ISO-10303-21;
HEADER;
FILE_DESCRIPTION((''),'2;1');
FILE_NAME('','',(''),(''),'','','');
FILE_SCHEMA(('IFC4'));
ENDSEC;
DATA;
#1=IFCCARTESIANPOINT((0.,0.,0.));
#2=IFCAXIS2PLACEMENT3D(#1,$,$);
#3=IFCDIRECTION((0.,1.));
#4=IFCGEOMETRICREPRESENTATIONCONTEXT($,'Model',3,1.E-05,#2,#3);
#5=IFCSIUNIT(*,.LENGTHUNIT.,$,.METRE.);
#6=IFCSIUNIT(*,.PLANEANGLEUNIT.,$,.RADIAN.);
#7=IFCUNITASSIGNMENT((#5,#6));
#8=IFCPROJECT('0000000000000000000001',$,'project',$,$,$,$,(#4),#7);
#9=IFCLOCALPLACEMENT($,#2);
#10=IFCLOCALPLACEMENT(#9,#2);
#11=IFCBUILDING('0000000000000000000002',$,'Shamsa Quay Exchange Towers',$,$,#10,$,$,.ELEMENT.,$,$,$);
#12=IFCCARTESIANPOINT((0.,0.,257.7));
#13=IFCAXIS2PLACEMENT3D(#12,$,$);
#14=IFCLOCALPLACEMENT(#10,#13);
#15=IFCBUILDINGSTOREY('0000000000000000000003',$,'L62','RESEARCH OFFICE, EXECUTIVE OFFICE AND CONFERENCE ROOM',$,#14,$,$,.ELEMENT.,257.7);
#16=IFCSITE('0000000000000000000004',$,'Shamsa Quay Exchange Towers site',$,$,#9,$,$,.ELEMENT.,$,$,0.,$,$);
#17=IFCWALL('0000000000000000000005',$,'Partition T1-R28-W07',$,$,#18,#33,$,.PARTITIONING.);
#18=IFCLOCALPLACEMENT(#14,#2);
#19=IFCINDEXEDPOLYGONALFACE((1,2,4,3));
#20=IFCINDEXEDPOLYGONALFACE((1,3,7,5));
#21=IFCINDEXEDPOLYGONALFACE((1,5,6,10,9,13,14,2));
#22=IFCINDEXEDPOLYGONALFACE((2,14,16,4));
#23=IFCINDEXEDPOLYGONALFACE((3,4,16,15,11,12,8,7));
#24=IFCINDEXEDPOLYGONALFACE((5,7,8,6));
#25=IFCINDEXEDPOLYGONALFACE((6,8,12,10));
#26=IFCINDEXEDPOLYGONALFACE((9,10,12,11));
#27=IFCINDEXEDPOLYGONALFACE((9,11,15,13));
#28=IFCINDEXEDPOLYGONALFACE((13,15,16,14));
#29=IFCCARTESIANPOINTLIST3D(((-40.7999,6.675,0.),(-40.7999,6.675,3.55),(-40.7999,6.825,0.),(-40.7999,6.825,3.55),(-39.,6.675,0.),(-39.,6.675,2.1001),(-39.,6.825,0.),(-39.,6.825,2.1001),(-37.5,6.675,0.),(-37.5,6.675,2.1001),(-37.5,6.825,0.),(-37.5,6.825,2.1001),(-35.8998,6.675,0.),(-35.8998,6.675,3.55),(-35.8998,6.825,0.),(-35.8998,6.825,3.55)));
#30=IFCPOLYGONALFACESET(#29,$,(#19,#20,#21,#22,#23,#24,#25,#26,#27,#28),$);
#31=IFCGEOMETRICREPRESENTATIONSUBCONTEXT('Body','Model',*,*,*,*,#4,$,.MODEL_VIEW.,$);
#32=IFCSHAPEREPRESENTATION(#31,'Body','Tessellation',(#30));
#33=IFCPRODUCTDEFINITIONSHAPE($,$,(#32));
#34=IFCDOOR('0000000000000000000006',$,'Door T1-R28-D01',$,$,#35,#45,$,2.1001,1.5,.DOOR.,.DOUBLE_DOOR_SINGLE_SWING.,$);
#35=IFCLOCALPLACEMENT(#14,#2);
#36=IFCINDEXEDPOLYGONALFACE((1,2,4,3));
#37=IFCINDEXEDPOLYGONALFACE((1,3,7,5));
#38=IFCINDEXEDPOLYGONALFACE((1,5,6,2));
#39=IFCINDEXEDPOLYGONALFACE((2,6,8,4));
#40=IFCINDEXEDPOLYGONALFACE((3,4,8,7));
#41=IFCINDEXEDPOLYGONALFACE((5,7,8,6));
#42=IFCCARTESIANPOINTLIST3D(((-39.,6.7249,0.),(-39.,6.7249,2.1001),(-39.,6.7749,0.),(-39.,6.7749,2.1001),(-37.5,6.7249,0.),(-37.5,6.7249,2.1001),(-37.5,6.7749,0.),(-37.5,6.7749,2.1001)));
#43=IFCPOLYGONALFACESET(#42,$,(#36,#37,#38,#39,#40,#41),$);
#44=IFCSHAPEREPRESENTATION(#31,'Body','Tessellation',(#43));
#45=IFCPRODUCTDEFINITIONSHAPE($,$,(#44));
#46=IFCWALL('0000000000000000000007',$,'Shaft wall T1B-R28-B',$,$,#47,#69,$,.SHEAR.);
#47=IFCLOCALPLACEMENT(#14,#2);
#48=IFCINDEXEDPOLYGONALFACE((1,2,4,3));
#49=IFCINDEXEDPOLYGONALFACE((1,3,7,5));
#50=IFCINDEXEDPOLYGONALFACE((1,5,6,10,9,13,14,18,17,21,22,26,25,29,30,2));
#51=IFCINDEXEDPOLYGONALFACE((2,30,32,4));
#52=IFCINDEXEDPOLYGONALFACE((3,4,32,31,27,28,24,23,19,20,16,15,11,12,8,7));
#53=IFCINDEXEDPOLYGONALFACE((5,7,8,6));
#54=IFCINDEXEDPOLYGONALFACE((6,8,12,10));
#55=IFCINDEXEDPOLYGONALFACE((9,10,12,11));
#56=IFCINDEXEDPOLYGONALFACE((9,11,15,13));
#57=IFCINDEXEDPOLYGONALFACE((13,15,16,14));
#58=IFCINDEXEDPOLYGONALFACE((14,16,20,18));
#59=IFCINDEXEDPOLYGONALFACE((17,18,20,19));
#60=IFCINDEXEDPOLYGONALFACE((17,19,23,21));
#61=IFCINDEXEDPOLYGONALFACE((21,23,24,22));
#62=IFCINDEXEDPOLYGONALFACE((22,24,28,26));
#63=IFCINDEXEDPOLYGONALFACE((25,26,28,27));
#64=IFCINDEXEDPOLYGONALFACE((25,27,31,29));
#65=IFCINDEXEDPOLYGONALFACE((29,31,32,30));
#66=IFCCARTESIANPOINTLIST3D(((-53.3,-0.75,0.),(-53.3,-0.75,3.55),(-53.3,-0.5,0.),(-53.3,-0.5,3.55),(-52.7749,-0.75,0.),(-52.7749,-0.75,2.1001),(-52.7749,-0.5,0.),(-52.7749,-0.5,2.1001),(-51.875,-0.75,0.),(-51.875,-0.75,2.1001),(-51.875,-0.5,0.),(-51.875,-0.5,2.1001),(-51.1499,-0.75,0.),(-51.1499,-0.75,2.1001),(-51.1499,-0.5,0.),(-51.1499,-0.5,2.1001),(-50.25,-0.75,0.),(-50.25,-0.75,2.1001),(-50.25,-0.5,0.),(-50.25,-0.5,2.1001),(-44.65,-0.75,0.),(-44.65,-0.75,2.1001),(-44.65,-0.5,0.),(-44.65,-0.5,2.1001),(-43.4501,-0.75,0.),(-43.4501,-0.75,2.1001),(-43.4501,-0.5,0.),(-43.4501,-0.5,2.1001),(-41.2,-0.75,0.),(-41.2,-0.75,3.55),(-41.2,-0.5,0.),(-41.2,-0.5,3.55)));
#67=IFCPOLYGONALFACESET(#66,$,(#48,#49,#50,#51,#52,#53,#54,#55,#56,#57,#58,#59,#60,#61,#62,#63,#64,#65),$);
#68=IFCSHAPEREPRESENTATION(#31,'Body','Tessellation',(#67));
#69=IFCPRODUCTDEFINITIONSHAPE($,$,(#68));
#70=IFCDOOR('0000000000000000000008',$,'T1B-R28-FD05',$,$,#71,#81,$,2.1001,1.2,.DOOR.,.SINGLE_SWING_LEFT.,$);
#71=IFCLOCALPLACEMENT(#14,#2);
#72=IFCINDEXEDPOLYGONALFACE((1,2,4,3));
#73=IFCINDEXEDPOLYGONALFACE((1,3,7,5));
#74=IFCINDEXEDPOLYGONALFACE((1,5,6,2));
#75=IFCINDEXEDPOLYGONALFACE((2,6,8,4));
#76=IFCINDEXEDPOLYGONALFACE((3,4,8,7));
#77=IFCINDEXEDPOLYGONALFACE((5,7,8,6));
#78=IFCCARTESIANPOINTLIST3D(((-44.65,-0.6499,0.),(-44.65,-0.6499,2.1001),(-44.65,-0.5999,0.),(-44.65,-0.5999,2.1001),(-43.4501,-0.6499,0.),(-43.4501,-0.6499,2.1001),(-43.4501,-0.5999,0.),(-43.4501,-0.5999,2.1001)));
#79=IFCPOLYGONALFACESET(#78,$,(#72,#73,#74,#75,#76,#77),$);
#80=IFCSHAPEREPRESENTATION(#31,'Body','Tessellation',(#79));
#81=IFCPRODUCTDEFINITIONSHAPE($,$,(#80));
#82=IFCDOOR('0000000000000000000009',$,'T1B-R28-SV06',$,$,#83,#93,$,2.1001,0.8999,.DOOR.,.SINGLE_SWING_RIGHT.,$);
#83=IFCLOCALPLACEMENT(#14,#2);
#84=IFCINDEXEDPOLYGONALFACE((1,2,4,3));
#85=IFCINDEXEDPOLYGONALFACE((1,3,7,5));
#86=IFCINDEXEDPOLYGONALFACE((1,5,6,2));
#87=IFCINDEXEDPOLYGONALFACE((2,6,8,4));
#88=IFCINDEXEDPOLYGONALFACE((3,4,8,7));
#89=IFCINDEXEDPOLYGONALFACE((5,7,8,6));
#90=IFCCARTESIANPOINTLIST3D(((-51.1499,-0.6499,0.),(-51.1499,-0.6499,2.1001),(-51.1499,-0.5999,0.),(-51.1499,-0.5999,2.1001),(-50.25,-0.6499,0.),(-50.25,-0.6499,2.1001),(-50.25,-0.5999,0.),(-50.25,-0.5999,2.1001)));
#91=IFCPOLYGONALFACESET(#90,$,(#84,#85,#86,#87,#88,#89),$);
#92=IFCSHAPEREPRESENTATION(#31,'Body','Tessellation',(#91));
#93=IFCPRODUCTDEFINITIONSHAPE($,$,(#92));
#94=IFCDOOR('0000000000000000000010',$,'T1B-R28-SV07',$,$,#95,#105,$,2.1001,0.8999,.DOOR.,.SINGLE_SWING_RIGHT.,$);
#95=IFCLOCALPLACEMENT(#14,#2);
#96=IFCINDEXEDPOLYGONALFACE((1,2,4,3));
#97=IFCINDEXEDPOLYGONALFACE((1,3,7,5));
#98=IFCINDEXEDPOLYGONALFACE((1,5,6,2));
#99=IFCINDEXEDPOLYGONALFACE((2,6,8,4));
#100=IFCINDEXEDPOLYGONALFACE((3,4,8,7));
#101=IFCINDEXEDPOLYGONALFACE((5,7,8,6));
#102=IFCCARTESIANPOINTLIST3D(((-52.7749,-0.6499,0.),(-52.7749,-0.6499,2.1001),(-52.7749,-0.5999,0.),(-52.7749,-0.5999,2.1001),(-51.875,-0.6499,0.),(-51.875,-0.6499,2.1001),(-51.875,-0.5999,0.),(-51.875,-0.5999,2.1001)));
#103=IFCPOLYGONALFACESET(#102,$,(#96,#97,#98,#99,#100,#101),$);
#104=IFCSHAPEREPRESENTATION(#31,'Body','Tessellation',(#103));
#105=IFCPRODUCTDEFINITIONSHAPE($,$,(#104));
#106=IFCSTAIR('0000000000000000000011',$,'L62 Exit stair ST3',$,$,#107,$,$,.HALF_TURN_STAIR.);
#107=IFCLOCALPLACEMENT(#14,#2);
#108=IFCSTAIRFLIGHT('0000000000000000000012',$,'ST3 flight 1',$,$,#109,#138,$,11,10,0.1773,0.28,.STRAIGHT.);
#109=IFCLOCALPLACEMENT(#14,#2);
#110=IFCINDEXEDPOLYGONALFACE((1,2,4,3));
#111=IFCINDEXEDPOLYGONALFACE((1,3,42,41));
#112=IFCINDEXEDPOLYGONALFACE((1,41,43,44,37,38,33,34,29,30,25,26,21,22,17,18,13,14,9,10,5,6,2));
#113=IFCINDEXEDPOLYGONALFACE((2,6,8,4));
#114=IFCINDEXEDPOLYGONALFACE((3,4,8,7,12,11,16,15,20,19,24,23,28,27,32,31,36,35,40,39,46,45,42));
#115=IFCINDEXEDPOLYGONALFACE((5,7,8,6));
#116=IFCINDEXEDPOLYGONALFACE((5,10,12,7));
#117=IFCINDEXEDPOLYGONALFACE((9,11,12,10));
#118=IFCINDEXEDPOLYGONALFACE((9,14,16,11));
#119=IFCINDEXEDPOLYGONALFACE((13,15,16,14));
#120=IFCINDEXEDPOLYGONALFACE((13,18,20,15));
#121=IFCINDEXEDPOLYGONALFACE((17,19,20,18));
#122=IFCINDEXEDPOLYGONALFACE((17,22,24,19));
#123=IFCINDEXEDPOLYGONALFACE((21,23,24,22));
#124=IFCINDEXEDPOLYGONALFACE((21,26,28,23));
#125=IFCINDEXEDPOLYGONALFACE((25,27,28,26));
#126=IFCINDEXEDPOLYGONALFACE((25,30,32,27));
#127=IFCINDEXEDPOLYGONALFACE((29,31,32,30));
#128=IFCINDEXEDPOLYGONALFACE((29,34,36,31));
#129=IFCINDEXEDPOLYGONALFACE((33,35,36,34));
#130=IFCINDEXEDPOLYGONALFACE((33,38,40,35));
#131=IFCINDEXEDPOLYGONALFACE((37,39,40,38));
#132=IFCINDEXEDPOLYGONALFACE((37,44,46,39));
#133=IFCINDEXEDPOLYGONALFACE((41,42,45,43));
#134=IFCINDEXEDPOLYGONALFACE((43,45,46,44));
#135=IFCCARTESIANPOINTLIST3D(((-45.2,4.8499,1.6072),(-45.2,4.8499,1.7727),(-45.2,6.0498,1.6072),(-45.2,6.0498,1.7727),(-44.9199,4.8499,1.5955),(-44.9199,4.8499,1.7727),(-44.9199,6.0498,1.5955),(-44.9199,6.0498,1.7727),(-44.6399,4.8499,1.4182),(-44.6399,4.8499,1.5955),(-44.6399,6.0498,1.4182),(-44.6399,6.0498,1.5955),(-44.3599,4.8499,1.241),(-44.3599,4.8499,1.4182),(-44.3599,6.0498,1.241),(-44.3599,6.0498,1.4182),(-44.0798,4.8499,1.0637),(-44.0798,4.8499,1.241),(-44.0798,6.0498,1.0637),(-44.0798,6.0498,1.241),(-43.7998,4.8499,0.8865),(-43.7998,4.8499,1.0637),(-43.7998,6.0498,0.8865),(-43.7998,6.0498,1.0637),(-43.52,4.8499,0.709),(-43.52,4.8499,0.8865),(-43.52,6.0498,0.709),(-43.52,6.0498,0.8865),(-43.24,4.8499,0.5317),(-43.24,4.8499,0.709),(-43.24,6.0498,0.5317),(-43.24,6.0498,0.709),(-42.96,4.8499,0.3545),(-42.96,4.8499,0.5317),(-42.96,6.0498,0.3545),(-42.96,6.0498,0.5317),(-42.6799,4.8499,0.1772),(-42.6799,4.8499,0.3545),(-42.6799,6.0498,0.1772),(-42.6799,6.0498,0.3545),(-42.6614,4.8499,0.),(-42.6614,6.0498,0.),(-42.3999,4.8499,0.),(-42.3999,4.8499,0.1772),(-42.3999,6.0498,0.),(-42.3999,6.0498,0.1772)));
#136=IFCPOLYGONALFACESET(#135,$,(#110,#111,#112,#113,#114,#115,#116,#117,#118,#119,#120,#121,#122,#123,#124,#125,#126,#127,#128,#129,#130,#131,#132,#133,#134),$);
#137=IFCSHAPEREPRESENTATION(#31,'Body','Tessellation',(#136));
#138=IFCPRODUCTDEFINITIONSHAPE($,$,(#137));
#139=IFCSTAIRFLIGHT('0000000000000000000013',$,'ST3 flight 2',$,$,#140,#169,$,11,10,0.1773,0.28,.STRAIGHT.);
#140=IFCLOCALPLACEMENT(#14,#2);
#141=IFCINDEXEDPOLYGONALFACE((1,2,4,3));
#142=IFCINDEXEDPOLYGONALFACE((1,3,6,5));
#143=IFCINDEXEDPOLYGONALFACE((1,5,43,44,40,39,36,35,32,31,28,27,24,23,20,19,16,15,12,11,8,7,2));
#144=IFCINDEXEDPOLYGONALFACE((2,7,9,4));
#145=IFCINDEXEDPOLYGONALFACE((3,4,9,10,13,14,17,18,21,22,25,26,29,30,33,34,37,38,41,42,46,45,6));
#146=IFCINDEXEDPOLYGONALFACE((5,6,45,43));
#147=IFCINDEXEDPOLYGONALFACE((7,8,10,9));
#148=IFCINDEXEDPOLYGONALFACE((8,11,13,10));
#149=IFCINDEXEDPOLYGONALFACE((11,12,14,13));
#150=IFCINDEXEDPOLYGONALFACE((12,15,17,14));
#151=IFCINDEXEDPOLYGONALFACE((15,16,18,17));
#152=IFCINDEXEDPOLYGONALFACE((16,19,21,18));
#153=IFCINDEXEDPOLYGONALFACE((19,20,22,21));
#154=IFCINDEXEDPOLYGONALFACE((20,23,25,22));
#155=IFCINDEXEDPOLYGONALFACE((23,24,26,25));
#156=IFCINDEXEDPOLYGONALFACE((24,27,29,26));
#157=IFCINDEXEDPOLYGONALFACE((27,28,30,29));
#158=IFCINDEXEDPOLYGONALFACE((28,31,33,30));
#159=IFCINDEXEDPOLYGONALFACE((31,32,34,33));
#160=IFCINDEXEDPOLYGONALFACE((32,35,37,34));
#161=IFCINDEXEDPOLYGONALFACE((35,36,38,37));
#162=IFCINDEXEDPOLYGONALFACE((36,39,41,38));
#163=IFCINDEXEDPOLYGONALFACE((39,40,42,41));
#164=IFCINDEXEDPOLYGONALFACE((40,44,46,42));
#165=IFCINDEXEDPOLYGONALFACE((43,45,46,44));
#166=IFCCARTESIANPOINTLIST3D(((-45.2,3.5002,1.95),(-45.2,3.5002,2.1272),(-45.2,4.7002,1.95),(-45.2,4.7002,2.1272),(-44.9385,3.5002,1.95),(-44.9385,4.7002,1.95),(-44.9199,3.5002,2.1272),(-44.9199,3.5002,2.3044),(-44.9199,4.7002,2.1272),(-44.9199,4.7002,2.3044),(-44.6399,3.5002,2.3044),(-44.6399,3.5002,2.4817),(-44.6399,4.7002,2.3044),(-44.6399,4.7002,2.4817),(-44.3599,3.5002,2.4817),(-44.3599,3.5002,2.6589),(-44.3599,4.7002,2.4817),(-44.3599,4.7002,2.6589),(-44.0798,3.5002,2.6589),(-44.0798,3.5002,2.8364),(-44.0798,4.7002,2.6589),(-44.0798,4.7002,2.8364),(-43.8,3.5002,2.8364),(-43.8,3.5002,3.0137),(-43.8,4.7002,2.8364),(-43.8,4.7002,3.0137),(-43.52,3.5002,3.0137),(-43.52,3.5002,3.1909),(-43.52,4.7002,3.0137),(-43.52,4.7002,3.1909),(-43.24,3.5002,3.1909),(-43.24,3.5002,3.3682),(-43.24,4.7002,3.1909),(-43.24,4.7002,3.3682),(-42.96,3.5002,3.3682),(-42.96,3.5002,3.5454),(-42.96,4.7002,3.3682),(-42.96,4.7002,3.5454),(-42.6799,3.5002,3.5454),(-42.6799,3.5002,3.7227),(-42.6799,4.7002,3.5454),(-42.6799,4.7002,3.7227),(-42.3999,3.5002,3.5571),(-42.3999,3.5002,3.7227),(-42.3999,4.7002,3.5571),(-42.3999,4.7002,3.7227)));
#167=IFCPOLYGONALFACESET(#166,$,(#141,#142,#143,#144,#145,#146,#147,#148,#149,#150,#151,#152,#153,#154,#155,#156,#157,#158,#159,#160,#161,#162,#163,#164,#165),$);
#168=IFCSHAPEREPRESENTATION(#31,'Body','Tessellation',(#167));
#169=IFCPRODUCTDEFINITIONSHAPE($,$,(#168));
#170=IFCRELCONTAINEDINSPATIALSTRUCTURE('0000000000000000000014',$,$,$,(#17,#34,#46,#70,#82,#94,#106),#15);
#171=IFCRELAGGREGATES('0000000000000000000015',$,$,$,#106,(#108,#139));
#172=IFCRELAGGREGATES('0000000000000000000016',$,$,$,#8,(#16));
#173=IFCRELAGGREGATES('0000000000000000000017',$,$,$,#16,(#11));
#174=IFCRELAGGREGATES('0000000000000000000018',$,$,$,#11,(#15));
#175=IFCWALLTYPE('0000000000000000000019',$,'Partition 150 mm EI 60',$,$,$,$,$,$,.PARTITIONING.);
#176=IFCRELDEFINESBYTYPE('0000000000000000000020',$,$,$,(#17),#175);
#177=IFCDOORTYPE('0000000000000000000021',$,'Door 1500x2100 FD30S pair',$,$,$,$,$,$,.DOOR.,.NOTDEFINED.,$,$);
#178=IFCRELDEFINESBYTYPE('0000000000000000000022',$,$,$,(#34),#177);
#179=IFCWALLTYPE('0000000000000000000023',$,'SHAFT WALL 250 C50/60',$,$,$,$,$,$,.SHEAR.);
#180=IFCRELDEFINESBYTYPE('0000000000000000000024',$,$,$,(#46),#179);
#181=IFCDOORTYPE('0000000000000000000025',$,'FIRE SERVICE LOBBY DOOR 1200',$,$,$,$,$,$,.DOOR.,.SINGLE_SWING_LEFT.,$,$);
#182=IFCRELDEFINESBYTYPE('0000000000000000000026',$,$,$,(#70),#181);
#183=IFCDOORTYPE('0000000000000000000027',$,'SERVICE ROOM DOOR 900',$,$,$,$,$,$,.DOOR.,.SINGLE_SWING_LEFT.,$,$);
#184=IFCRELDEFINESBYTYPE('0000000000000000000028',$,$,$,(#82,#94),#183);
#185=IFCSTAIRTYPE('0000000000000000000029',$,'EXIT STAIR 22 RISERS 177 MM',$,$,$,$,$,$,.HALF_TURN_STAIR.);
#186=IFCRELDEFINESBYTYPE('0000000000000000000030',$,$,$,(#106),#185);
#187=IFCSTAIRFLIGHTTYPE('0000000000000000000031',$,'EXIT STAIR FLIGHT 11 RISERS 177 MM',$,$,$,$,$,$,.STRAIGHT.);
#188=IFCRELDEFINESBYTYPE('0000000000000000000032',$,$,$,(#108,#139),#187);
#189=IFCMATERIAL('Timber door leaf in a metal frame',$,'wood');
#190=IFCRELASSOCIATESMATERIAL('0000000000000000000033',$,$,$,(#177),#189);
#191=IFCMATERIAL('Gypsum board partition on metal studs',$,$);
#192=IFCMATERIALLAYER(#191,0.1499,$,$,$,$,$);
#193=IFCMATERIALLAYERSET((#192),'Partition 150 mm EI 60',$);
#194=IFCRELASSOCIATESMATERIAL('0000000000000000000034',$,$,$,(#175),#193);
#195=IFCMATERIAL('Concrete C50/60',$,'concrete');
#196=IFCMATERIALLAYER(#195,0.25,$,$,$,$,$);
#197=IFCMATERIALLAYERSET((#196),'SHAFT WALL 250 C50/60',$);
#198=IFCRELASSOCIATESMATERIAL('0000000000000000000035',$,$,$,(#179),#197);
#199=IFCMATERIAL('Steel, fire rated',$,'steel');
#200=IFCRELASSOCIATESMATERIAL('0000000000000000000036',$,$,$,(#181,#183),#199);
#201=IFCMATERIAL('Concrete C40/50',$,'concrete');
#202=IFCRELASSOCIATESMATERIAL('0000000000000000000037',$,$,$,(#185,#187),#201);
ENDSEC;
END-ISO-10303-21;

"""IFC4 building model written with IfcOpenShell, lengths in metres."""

from ifc_helpers import new_model, si_unit, direction, frame, frame_2d, origin, place, context, subcontext, project, spatial, polyline, rectangle, outline, extrude, material, layer, layer_set, type_object, element, fill, aggregate, save


model = new_model("IFC4")

# Units and contexts
model_context = context("Model", 3, precision=1e-05, world=origin(), true_north=direction((0.0, 1.0)))
body_context = subcontext(model_context, "Body", "Model", "MODEL_VIEW")
ifc_project = project(units=[si_unit("LENGTHUNIT", "METRE"), si_unit("PLANEANGLEUNIT", "RADIAN")], contexts=[model_context])

# Site, building, storey
site_placement = place(None, origin())
site = spatial("IfcSite", under=ifc_project, at=site_placement, Name="Shamsa Quay Exchange Towers site", CompositionType="ELEMENT", RefElevation=0.0)
building_placement = place(site_placement, origin())
building = spatial("IfcBuilding", under=site, at=building_placement, Name="Shamsa Quay Exchange Towers", CompositionType="ELEMENT")
storey_placement = place(building_placement, frame((0.0, 0.0, 257.7)))
storey = spatial("IfcBuildingStorey", under=building, at=storey_placement, Name="L62", Description="RESEARCH OFFICE, EXECUTIVE OFFICE AND CONFERENCE ROOM", CompositionType="ELEMENT", Elevation=257.7)

# Wall, opening, door
ifc_material_1 = material(Name="Timber door leaf in a metal frame", Category="wood")
door_type_1 = type_object("IfcDoorType", Name="Door 1500x2100 FD30S pair", OperationType="NOTDEFINED", PredefinedType="DOOR", material=ifc_material_1)
ifc_material_2 = material(Name="Gypsum board partition on metal studs")
ifc_layer_1 = layer(ifc_material_2, 0.1499)
ifc_layer_set_1 = layer_set([ifc_layer_1], Name="Partition 150 mm EI 60")
wall_type_1 = type_object("IfcWallType", Name="Partition 150 mm EI 60", PredefinedType="PARTITIONING", material=ifc_layer_set_1)
wall_1_placement = place(storey_placement, frame((-40.8, 6.75, 0.0)))
wall_1 = element("IfcWall", 1, at=wall_1_placement, inside=storey, type_object=wall_type_1, Name="Partition T1-R28-W07", PredefinedType="PARTITIONING", context=body_context, shape_type="SweptSolid", body=[
    extrude(rectangle(XDim=4.9001, YDim=0.1499, at=frame_2d((2.4502, 0.0))), origin(), (0.0, 0.0, 1.0), 3.55),
])
opening_1_placement = place(wall_1_placement, frame((1.8, 0.0, 0.0)))
opening_1 = element("IfcOpeningElement", 2, at=opening_1_placement, cuts=wall_1, PredefinedType="OPENING", context=body_context, shape_type="SweptSolid", body=[
    extrude(rectangle(XDim=1.5, YDim=2.1001, at=frame_2d((0.75, 1.05))), frame((0.0, 0.085, 0.0), z_axis=(0.0, -1.0, 0.0), x_axis=(1.0, 0.0, 0.0)), (0.0, 0.0, 1.0), 0.1699),
])
door_1_placement = place(opening_1_placement, origin())
door_1 = element("IfcDoor", 3, at=door_1_placement, inside=storey, type_object=door_type_1, Name="Door T1-R28-D01", OperationType="DOUBLE_DOOR_SINGLE_SWING", OverallHeight=2.1001, OverallWidth=1.5, PredefinedType="DOOR", context=body_context, shape_type="SweptSolid", body=[
    extrude(rectangle(XDim=1.5, YDim=2.1001, at=frame_2d((0.75, 1.05))), frame((0.0, 0.0249, 0.0), z_axis=(0.0, -1.0, 0.0), x_axis=(1.0, 0.0, 0.0)), (0.0, 0.0, 1.0), 0.05),
])
fill(opening_1, door_1)

# Wall, openings, doors
ifc_material_3 = material(Name="Concrete C50/60", Category="concrete")
ifc_layer_2 = layer(ifc_material_3, 0.25)
ifc_layer_set_2 = layer_set([ifc_layer_2], Name="SHAFT WALL 250 C50/60")
wall_type_2 = type_object("IfcWallType", Name="SHAFT WALL 250 C50/60", PredefinedType="SHEAR", material=ifc_layer_set_2)
wall_2_placement = place(storey_placement, frame((-41.2, -0.625, 0.0), z_axis=(0.0, 0.0, 1.0), x_axis=(-1.0, 0.0, 0.0)))
wall_2 = element("IfcWall", 4, at=wall_2_placement, inside=storey, type_object=wall_type_2, Name="Shaft wall T1B-R28-B", PredefinedType="SHEAR", context=body_context, shape_type="SweptSolid", body=[
    extrude(rectangle(XDim=12.1001, YDim=0.25, at=frame_2d((6.05, 0.0))), origin(), (0.0, 0.0, 1.0), 3.55),
])
opening_2_placement = place(wall_2_placement, frame((2.25, 0.0, 0.0)))
opening_2 = element("IfcOpeningElement", 5, at=opening_2_placement, cuts=wall_2, PredefinedType="OPENING", context=body_context, shape_type="SweptSolid", body=[
    extrude(rectangle(XDim=1.2, YDim=2.1001, at=frame_2d((0.6001, 1.05))), frame((0.0, 0.135, 0.0), z_axis=(0.0, -1.0, 0.0), x_axis=(1.0, 0.0, 0.0)), (0.0, 0.0, 1.0), 0.27),
])
opening_3_placement = place(wall_2_placement, frame((9.05, 0.0, 0.0)))
opening_3 = element("IfcOpeningElement", 6, at=opening_3_placement, cuts=wall_2, PredefinedType="OPENING", context=body_context, shape_type="SweptSolid", body=[
    extrude(rectangle(XDim=0.8999, YDim=2.1001, at=frame_2d((0.45, 1.05))), frame((0.0, 0.135, 0.0), z_axis=(0.0, -1.0, 0.0), x_axis=(1.0, 0.0, 0.0)), (0.0, 0.0, 1.0), 0.27),
])
opening_4_placement = place(wall_2_placement, frame((10.675, 0.0, 0.0)))
opening_4 = element("IfcOpeningElement", 7, at=opening_4_placement, cuts=wall_2, PredefinedType="OPENING", context=body_context, shape_type="SweptSolid", body=[
    extrude(rectangle(XDim=0.8999, YDim=2.1001, at=frame_2d((0.45, 1.05))), frame((0.0, 0.135, 0.0), z_axis=(0.0, -1.0, 0.0), x_axis=(1.0, 0.0, 0.0)), (0.0, 0.0, 1.0), 0.27),
])
ifc_material_4 = material(Name="Steel, fire rated", Category="steel")
door_type_2 = type_object("IfcDoorType", Name="FIRE SERVICE LOBBY DOOR 1200", OperationType="SINGLE_SWING_LEFT", PredefinedType="DOOR", material=ifc_material_4)
door_2_placement = place(opening_2_placement, origin())
door_2 = element("IfcDoor", 8, at=door_2_placement, inside=storey, type_object=door_type_2, Name="T1B-R28-FD05", OperationType="SINGLE_SWING_LEFT", OverallHeight=2.1001, OverallWidth=1.2, PredefinedType="DOOR", context=body_context, shape_type="SweptSolid", body=[
    extrude(rectangle(XDim=1.2, YDim=2.1001, at=frame_2d((0.6001, 1.05))), frame((0.0, 0.0249, 0.0), z_axis=(0.0, -1.0, 0.0), x_axis=(1.0, 0.0, 0.0)), (0.0, 0.0, 1.0), 0.05),
])
fill(opening_2, door_2)
door_type_3 = type_object("IfcDoorType", Name="SERVICE ROOM DOOR 900", OperationType="SINGLE_SWING_LEFT", PredefinedType="DOOR", material=ifc_material_4)
door_3_placement = place(opening_3_placement, origin())
door_3 = element("IfcDoor", 9, at=door_3_placement, inside=storey, type_object=door_type_3, Name="T1B-R28-SV06", OperationType="SINGLE_SWING_RIGHT", OverallHeight=2.1001, OverallWidth=0.8999, PredefinedType="DOOR", context=body_context, shape_type="SweptSolid", body=[
    extrude(rectangle(XDim=0.8999, YDim=2.1001, at=frame_2d((0.45, 1.05))), frame((0.0, 0.0249, 0.0), z_axis=(0.0, -1.0, 0.0), x_axis=(1.0, 0.0, 0.0)), (0.0, 0.0, 1.0), 0.05),
])
fill(opening_3, door_3)
door_4_placement = place(opening_4_placement, origin())
door_4 = element("IfcDoor", 10, at=door_4_placement, inside=storey, type_object=door_type_3, Name="T1B-R28-SV07", OperationType="SINGLE_SWING_RIGHT", OverallHeight=2.1001, OverallWidth=0.8999, PredefinedType="DOOR", context=body_context, shape_type="SweptSolid", body=[
    extrude(rectangle(XDim=0.8999, YDim=2.1001, at=frame_2d((0.45, 1.05))), frame((0.0, 0.0249, 0.0), z_axis=(0.0, -1.0, 0.0), x_axis=(1.0, 0.0, 0.0)), (0.0, 0.0, 1.0), 0.05),
])
fill(opening_4, door_4)

# Stair, stair flights
ifc_material_5 = material(Name="Concrete C40/50", Category="concrete")
stair_type = type_object("IfcStairType", Name="EXIT STAIR 22 RISERS 177 MM", PredefinedType="HALF_TURN_STAIR", material=ifc_material_5)
stair_placement = place(storey_placement, origin())
stair = element("IfcStair", 11, at=stair_placement, inside=storey, type_object=stair_type, Name="L62 Exit stair ST3", PredefinedType="HALF_TURN_STAIR")
stair_flight_type = type_object("IfcStairFlightType", Name="EXIT STAIR FLIGHT 11 RISERS 177 MM", PredefinedType="STRAIGHT", material=ifc_material_5)
stair_flight_1_placement = place(storey_placement, frame((-42.3999, 5.45, 0.0), z_axis=(0.0, 0.0, 1.0), x_axis=(-1.0, 0.0, 0.0)))
stair_flight_1 = element("IfcStairFlight", 12, at=stair_flight_1_placement, type_object=stair_flight_type, Name="ST3 flight 1", NumberOfRisers=11, NumberOfTreads=10, PredefinedType="STRAIGHT", RiserHeight=0.1773, TreadLength=0.28, context=body_context, shape_type="SweptSolid", body=[
    extrude(outline(polyline([(0.0, 0.0), (0.0, 0.1772), (0.28, 0.1772), (0.28, 0.3545), (0.5601, 0.3545), (0.5601, 0.5317), (0.8401, 0.5317), (0.8401, 0.709), (1.1201, 0.709), (1.1201, 0.8865), (1.3999, 0.8865), (1.3999, 1.0637), (1.6799, 1.0637), (1.6799, 1.241), (1.96, 1.241), (1.96, 1.4182), (2.24, 1.4182), (2.24, 1.5955), (2.52, 1.5955), (2.52, 1.7727), (2.8, 1.7727), (2.8, 1.95), (2.8, 1.6072), (0.2615, 0.0), (0.0, 0.0)])), frame((0.0, 0.6001, 0.0), z_axis=(0.0, -1.0, 0.0), x_axis=(1.0, 0.0, 0.0)), (0.0, 0.0, 1.0), 1.2),
])
stair_flight_2_placement = place(storey_placement, frame((-45.2, 4.1001, 1.95)))
stair_flight_2 = element("IfcStairFlight", 13, at=stair_flight_2_placement, type_object=stair_flight_type, Name="ST3 flight 2", NumberOfRisers=11, NumberOfTreads=10, PredefinedType="STRAIGHT", RiserHeight=0.1773, TreadLength=0.28, context=body_context, shape_type="SweptSolid", body=[
    extrude(outline(polyline([(0.0, 0.0), (0.0, 0.1772), (0.28, 0.1772), (0.28, 0.3545), (0.5601, 0.3545), (0.5601, 0.5317), (0.8401, 0.5317), (0.8401, 0.709), (1.1201, 0.709), (1.1201, 0.8865), (1.3999, 0.8865), (1.3999, 1.0637), (1.6799, 1.0637), (1.6799, 1.241), (1.96, 1.241), (1.96, 1.4182), (2.24, 1.4182), (2.24, 1.5955), (2.52, 1.5955), (2.52, 1.7727), (2.8, 1.7727), (2.8, 1.95), (2.8, 1.6072), (0.2615, 0.0), (0.0, 0.0)])), frame((0.0, 0.6001, 0.0), z_axis=(0.0, -1.0, 0.0), x_axis=(1.0, 0.0, 0.0)), (0.0, 0.0, 1.0), 1.2),
])
aggregate(stair, [stair_flight_1, stair_flight_2])

save(model, "model.ifc")
